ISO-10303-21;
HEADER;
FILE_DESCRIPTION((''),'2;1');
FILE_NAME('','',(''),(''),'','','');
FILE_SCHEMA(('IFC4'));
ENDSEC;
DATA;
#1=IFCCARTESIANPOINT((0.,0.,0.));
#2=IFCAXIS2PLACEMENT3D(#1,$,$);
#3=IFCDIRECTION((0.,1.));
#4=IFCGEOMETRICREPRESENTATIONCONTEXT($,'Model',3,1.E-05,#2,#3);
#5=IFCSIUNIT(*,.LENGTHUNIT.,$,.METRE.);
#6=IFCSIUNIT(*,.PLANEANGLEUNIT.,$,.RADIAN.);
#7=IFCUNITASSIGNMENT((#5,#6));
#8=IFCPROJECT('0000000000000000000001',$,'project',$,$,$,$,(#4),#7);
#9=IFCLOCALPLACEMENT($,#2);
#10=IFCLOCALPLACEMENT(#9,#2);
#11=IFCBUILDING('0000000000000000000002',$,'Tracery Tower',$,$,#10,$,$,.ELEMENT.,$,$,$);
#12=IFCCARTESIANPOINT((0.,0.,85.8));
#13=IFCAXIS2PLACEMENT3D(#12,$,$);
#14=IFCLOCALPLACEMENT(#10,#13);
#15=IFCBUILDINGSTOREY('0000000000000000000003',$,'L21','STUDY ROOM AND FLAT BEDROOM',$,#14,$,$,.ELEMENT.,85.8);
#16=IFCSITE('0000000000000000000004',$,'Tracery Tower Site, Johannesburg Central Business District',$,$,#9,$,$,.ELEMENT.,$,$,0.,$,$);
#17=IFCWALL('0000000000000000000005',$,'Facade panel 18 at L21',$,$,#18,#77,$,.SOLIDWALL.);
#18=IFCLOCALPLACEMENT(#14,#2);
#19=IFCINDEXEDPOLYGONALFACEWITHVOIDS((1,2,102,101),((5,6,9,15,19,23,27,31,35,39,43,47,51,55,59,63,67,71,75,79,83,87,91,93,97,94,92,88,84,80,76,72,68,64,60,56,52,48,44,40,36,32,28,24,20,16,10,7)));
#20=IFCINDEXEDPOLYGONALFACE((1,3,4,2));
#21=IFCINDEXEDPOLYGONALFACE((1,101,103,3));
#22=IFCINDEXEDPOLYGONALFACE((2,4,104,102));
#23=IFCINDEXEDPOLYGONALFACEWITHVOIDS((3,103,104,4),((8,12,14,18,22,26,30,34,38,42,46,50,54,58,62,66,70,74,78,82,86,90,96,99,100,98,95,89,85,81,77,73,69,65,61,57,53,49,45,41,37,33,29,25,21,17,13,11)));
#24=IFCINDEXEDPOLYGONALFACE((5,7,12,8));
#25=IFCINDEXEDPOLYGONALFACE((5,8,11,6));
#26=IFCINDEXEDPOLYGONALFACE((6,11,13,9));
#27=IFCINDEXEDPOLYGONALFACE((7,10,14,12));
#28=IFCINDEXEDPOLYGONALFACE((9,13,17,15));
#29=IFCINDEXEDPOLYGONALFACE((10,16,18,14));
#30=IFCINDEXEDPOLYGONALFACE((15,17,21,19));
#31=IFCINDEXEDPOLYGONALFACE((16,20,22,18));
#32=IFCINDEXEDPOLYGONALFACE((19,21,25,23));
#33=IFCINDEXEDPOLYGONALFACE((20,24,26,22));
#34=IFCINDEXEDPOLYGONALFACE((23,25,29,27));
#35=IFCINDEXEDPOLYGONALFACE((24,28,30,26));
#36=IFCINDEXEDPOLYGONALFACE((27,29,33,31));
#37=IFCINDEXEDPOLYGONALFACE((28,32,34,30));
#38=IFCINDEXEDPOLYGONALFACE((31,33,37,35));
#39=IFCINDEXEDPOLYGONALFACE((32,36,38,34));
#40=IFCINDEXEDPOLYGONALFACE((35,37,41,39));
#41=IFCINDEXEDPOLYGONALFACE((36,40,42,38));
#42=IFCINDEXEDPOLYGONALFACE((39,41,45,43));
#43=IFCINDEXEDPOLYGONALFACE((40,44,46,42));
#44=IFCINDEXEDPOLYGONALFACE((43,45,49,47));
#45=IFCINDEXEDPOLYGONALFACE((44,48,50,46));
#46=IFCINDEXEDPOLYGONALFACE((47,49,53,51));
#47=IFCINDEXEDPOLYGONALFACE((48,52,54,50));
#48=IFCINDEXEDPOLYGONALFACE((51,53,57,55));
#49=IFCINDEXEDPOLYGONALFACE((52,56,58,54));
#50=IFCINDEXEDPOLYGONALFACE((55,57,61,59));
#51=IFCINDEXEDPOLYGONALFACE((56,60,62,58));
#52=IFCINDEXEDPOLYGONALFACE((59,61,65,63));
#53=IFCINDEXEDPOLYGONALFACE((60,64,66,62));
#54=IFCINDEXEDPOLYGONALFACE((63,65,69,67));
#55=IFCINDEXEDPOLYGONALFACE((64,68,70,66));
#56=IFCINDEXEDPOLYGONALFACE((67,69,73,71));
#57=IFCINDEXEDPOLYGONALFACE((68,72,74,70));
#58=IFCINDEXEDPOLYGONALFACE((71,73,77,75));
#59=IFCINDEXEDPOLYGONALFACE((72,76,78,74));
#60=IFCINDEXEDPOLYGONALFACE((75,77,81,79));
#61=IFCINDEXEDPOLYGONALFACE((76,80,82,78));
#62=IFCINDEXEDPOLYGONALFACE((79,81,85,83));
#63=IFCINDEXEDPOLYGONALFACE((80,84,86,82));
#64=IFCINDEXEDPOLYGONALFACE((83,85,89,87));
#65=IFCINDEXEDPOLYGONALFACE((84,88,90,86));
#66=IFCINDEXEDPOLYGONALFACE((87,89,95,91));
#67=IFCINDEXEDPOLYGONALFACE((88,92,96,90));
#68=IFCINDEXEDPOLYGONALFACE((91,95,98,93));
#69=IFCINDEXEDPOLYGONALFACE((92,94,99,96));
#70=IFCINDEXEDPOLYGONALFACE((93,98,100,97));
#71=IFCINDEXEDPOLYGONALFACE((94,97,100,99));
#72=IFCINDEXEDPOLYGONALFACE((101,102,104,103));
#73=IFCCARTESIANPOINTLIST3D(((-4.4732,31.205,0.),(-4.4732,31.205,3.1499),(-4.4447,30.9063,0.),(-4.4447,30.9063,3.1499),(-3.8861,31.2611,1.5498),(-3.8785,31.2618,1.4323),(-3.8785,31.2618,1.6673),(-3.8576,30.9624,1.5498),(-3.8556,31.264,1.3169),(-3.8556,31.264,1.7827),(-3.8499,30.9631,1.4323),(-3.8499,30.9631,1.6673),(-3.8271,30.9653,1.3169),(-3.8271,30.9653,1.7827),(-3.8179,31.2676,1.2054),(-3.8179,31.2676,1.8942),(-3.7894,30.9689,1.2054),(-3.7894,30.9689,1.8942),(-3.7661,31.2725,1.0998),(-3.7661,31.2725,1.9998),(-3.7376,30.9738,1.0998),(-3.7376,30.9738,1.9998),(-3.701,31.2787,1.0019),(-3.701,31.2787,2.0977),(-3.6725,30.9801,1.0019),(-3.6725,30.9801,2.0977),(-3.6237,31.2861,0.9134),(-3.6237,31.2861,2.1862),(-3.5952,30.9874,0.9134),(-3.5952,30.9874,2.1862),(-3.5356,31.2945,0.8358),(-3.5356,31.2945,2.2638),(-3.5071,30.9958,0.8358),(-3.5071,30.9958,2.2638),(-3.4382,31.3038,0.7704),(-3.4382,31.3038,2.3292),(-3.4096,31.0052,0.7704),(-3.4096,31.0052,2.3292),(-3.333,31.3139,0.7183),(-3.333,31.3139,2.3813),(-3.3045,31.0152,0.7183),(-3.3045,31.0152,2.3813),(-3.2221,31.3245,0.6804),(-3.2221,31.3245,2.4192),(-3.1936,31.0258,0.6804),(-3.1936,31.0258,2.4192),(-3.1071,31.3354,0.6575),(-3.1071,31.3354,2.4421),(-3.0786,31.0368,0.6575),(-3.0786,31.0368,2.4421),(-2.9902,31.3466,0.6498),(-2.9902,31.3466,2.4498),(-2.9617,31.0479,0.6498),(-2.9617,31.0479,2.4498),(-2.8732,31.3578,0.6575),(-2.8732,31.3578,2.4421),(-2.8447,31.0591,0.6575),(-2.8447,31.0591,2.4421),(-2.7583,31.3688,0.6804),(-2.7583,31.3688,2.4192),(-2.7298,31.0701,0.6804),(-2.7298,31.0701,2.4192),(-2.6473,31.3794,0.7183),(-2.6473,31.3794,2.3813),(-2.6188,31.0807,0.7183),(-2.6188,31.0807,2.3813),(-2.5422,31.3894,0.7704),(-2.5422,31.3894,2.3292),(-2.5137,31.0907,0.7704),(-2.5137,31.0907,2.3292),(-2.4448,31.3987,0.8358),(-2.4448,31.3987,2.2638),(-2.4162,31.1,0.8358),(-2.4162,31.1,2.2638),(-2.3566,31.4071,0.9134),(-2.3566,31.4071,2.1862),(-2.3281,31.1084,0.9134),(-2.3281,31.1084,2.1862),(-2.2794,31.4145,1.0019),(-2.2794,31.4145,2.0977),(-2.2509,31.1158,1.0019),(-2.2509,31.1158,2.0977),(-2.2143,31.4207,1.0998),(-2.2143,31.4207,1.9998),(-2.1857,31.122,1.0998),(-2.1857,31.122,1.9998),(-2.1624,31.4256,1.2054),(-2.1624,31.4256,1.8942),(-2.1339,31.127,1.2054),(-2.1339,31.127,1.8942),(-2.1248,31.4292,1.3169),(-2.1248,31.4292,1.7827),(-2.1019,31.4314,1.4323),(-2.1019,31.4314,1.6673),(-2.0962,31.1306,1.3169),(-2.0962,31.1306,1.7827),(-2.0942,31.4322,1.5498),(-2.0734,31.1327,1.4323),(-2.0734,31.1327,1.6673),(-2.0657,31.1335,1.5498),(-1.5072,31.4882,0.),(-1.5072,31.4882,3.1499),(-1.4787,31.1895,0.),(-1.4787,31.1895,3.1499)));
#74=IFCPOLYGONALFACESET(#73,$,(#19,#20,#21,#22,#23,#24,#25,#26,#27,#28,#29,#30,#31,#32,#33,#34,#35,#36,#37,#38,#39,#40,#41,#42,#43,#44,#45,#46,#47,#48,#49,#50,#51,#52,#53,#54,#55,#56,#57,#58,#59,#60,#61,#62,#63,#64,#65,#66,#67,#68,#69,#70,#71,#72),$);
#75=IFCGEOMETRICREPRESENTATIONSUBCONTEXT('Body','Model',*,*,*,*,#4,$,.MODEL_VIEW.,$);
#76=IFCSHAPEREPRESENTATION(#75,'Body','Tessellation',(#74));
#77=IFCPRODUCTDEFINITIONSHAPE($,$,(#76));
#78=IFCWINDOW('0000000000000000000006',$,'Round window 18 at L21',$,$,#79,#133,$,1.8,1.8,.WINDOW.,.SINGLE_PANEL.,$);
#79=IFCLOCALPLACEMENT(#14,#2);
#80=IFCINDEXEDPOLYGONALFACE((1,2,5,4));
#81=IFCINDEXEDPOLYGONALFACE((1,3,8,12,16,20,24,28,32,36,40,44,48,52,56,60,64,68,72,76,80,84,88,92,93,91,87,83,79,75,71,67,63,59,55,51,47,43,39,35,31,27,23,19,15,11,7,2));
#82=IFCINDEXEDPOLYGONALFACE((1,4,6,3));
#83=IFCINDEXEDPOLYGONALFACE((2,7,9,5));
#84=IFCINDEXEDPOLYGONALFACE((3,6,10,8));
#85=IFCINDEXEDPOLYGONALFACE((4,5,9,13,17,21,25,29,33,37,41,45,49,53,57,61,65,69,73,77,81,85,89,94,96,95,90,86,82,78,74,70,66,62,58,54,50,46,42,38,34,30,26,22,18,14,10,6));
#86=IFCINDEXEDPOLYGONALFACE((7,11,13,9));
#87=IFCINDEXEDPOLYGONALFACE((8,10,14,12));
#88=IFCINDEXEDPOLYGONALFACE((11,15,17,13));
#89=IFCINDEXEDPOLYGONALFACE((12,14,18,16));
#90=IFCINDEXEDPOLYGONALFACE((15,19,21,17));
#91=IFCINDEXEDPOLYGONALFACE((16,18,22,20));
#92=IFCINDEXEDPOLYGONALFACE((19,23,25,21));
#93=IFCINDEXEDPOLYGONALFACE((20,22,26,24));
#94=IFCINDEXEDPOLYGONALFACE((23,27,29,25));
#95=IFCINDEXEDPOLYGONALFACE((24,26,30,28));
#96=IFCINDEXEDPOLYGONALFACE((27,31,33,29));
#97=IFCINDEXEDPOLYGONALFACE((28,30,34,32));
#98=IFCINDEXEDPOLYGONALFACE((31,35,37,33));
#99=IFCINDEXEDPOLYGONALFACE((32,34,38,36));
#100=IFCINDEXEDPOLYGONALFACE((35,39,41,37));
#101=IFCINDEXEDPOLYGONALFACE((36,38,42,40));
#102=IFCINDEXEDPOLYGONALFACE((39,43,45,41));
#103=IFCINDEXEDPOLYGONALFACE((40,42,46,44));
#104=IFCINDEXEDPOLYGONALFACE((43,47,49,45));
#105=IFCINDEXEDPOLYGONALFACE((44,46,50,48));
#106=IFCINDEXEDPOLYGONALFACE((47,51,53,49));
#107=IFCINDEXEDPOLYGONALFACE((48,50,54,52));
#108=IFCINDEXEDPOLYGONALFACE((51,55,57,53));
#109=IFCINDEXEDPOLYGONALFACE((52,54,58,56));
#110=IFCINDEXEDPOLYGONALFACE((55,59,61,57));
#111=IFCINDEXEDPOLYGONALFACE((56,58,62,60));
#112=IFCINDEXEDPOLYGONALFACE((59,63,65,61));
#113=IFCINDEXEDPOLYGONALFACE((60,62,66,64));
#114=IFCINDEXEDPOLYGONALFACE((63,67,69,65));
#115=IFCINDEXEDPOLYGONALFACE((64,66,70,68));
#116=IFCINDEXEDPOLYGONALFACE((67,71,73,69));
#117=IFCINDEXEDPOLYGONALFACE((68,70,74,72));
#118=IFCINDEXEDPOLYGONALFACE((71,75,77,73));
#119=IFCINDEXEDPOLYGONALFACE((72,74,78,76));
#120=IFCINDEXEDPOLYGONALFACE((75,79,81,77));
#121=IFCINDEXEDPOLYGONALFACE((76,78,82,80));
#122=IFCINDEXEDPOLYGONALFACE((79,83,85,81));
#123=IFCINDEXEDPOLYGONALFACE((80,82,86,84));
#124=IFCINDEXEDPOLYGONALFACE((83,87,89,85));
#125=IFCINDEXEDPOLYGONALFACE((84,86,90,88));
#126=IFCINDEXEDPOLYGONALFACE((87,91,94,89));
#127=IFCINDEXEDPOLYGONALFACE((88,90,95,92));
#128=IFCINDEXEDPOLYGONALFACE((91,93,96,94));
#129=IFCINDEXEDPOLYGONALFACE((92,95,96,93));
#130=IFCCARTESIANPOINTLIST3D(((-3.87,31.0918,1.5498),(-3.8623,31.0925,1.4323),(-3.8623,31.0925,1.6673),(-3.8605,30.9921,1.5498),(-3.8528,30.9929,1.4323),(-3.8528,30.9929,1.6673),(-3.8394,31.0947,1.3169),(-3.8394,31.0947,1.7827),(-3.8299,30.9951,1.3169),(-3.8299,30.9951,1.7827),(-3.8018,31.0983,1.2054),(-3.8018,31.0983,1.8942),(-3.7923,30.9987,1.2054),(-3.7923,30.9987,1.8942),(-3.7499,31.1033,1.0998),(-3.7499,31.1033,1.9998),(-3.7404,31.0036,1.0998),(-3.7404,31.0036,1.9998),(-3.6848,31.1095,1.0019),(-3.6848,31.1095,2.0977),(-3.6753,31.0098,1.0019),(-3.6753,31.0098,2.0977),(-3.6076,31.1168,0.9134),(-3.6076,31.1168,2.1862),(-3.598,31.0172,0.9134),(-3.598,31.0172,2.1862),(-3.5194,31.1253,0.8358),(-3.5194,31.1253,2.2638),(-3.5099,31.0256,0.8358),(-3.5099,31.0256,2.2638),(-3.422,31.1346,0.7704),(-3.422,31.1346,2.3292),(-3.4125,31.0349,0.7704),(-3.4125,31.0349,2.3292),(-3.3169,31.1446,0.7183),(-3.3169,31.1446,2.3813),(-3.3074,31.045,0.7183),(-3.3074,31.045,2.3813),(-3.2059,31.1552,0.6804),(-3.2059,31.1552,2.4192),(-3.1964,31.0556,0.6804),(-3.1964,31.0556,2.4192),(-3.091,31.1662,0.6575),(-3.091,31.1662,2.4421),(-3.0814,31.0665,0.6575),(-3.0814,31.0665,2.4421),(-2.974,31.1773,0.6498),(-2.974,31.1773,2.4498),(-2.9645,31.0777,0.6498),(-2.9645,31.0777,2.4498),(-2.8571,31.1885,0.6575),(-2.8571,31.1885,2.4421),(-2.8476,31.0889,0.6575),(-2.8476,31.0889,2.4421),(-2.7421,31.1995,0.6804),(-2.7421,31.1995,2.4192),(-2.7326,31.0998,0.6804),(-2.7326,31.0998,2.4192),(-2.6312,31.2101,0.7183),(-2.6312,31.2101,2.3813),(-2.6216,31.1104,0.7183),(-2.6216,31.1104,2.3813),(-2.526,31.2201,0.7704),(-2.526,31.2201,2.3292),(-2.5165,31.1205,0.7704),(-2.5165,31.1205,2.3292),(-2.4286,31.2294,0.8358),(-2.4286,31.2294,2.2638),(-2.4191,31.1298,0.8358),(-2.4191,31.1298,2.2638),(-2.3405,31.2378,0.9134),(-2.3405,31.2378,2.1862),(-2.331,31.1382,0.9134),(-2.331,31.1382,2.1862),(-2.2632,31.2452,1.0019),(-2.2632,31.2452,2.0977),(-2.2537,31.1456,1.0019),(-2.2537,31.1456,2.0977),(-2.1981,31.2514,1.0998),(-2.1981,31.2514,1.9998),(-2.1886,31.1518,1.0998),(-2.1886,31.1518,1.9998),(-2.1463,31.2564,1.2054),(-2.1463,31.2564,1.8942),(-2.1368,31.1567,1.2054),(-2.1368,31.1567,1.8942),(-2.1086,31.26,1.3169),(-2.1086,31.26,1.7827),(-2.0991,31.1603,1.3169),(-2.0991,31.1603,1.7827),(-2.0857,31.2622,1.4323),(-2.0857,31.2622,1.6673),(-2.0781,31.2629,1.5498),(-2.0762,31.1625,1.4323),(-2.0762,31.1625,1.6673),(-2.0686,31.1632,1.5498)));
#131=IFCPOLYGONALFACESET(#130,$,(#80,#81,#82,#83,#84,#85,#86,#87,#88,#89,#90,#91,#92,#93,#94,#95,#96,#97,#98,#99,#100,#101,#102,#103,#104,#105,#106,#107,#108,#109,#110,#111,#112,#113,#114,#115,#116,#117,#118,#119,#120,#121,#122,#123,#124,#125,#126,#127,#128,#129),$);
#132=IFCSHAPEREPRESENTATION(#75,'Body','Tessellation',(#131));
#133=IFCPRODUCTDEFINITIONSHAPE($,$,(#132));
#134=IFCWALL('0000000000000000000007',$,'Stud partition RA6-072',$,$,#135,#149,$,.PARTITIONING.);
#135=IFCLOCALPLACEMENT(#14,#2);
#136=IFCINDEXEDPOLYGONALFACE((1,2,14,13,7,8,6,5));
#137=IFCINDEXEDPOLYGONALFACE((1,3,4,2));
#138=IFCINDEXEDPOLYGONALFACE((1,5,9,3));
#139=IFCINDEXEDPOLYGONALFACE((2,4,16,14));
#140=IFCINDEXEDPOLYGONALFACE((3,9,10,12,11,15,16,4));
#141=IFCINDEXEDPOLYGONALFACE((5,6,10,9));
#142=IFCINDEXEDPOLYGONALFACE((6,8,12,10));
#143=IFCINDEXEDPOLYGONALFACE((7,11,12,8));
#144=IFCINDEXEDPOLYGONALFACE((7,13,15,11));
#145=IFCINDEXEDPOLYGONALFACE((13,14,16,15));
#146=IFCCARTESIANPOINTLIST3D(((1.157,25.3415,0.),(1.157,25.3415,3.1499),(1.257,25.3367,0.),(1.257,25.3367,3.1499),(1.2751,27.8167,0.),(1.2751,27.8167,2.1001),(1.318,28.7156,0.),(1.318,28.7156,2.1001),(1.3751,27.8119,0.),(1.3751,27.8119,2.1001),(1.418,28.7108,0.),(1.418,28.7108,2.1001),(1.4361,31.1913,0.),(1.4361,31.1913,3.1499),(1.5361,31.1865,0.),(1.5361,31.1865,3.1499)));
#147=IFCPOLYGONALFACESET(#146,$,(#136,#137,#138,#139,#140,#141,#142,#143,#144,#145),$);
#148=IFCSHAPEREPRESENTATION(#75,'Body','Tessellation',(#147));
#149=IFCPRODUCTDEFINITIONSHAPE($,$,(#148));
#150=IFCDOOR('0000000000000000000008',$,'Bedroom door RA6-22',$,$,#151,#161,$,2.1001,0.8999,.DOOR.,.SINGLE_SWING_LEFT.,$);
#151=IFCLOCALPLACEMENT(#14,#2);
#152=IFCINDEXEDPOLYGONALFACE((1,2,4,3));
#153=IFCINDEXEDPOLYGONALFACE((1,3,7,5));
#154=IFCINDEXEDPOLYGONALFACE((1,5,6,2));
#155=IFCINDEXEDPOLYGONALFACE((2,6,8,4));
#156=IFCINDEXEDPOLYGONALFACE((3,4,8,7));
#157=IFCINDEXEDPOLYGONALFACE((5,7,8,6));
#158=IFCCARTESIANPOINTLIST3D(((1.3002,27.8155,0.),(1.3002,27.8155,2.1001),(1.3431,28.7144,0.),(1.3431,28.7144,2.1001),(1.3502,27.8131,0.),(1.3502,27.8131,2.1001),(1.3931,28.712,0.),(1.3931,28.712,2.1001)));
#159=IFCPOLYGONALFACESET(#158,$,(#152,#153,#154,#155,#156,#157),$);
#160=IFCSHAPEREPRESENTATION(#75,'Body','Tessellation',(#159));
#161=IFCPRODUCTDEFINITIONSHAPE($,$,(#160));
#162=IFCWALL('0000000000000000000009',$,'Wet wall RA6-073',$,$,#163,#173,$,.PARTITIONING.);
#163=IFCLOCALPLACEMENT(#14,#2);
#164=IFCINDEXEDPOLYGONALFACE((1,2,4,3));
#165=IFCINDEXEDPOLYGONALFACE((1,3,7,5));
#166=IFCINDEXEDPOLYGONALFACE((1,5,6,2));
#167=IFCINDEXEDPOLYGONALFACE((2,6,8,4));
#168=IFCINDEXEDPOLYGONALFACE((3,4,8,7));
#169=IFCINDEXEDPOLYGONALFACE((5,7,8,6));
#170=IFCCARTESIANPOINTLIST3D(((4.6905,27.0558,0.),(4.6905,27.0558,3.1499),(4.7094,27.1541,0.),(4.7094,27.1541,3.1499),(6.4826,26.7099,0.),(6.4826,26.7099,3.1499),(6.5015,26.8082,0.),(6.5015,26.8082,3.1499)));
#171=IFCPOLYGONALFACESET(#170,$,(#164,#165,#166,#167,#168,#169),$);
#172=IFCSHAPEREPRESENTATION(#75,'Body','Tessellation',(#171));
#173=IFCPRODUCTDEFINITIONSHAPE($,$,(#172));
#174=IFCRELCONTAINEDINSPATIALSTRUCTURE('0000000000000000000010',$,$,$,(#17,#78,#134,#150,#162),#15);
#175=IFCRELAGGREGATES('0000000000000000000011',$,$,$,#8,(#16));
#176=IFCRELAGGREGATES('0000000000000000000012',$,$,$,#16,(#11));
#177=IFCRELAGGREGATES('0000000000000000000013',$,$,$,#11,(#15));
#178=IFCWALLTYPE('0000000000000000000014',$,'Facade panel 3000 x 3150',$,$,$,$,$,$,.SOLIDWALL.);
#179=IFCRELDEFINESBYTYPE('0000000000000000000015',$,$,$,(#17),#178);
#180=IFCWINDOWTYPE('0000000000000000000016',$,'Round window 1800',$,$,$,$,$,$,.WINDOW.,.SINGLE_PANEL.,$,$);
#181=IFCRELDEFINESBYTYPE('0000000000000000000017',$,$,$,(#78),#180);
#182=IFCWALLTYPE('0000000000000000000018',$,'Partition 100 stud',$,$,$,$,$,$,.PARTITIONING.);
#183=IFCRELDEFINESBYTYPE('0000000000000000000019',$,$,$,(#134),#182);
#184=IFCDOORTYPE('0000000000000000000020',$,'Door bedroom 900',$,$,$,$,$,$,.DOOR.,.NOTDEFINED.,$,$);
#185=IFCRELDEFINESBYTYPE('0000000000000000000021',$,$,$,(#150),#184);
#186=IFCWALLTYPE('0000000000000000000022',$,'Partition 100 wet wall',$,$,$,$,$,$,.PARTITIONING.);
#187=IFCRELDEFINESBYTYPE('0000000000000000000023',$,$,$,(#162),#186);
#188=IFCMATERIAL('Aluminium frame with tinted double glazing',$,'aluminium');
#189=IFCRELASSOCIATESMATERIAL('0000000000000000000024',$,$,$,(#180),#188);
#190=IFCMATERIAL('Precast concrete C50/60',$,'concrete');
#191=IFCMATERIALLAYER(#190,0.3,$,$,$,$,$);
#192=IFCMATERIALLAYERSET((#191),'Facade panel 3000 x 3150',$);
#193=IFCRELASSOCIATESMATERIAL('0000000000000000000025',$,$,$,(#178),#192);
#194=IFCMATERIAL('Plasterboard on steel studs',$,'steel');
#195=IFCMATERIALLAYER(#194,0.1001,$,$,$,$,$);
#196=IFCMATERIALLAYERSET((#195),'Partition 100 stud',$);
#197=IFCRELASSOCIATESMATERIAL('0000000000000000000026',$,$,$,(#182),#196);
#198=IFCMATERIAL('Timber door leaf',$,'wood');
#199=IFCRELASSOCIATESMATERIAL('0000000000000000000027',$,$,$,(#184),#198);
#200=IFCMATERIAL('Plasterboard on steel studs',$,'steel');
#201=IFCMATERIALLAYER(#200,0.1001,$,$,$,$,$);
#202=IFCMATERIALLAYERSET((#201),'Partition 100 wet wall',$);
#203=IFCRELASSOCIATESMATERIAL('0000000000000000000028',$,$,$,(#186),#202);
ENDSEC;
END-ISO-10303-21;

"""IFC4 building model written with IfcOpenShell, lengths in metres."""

from ifc_helpers import new_model, si_unit, direction, frame, frame_2d, origin, origin_2d, place, context, subcontext, project, spatial, rectangle, circle, extrude, material, layer, layer_set, type_object, element, fill, save


model = new_model("IFC4")

# Units and contexts
model_context = context("Model", 3, precision=1e-05, world=origin(), true_north=direction((0.0, 1.0)))
body_context = subcontext(model_context, "Body", "Model", "MODEL_VIEW")
ifc_project = project(units=[si_unit("LENGTHUNIT", "METRE"), si_unit("PLANEANGLEUNIT", "RADIAN")], contexts=[model_context])

# Site, building, storey
site_placement = place(None, origin())
site = spatial("IfcSite", under=ifc_project, at=site_placement, Name="Tracery Tower Site, Johannesburg Central Business District", CompositionType="ELEMENT", RefElevation=0.0)
building_placement = place(site_placement, origin())
building = spatial("IfcBuilding", under=site, at=building_placement, Name="Tracery Tower", CompositionType="ELEMENT")
storey_placement = place(building_placement, frame((0.0, 0.0, 85.8)))
storey = spatial("IfcBuildingStorey", under=building, at=storey_placement, Name="L21", Description="STUDY ROOM AND FLAT BEDROOM", CompositionType="ELEMENT", Elevation=85.8)

# Wall, opening, window
ifc_material_1 = material(Name="Aluminium frame with tinted double glazing", Category="aluminium")
window_type = type_object("IfcWindowType", Name="Round window 1800", PartitioningType="SINGLE_PANEL", PredefinedType="WINDOW", material=ifc_material_1)
ifc_material_2 = material(Name="Precast concrete C50/60", Category="concrete")
ifc_layer_1 = layer(ifc_material_2, 0.3)
ifc_layer_set_1 = layer_set([ifc_layer_1], Name="Facade panel 3000 x 3150")
wall_type_1 = type_object("IfcWallType", Name="Facade panel 3000 x 3150", PredefinedType="SOLIDWALL", material=ifc_layer_set_1)
wall_1_placement = place(storey_placement, frame((-1.4929, 31.3389, 0.0), z_axis=(0.0, 0.0, 1.0), x_axis=(-0.995473, -0.095049, 0.0)))
wall_1 = element("IfcWall", 1, at=wall_1_placement, inside=storey, type_object=wall_type_1, Name="Facade panel 18 at L21", PredefinedType="SOLIDWALL", context=body_context, shape_type="SweptSolid", body=[
    extrude(rectangle(XDim=2.9795, YDim=0.3, at=frame_2d((1.4897, 0.0))), origin(), (0.0, 0.0, 1.0), 3.1499),
])
opening_1_placement = place(wall_1_placement, frame((1.4897, 0.0, 1.5498)))
opening_1 = element("IfcOpeningElement", 2, at=opening_1_placement, cuts=wall_1, PredefinedType="OPENING", context=body_context, shape_type="SweptSolid", body=[
    extrude(circle(Radius=0.9, at=origin_2d()), frame((0.0, 0.1599, 0.0), z_axis=(0.0, -1.0, 0.0), x_axis=(1.0, 0.0, 0.0)), (0.0, 0.0, 1.0), 0.3201),
])
window_1_placement = place(opening_1_placement, origin())
window_1 = element("IfcWindow", 3, at=window_1_placement, inside=storey, type_object=window_type, Name="Round window 18 at L21", OverallHeight=1.8, OverallWidth=1.8, PartitioningType="SINGLE_PANEL", PredefinedType="WINDOW", context=body_context, shape_type="SweptSolid", body=[
    extrude(circle(Radius=0.9, at=origin_2d()), frame((0.0, 0.1201, 0.0), z_axis=(0.0, -1.0, 0.0), x_axis=(1.0, 0.0, 0.0)), (0.0, 0.0, 1.0), 0.1001),
])
fill(opening_1, window_1)

# Wall, opening, door
ifc_material_3 = material(Name="Plasterboard on steel studs", Category="steel")
ifc_layer_2 = layer(ifc_material_3, 0.1001)
ifc_layer_set_2 = layer_set([ifc_layer_2], Name="Partition 100 stud")
wall_type_2 = type_object("IfcWallType", Name="Partition 100 stud", PredefinedType="PARTITIONING", material=ifc_layer_set_2)
wall_2_placement = place(storey_placement, frame((1.207, 25.3391, 0.0), z_axis=(0.0, 0.0, 1.0), x_axis=(0.047648, 0.998864, 0.0)))
wall_2 = element("IfcWall", 4, at=wall_2_placement, inside=storey, type_object=wall_type_2, Name="Stud partition RA6-072", PredefinedType="PARTITIONING", context=body_context, shape_type="SweptSolid", body=[
    extrude(rectangle(XDim=5.8564, YDim=0.1001, at=frame_2d((2.9282, 0.0))), origin(), (0.0, 0.0, 1.0), 3.1499),
])
opening_2_placement = place(wall_2_placement, frame((2.478, 0.0, 0.0)))
opening_2 = element("IfcOpeningElement", 5, at=opening_2_placement, cuts=wall_2, PredefinedType="OPENING", context=body_context, shape_type="SweptSolid", body=[
    extrude(rectangle(XDim=0.8999, YDim=2.1001, at=frame_2d((0.45, 1.05))), frame((0.0, 0.05, 0.0), z_axis=(0.0, -1.0, 0.0), x_axis=(1.0, 0.0, 0.0)), (0.0, 0.0, 1.0), 0.1001),
])
ifc_material_4 = material(Name="Timber door leaf", Category="wood")
door_type_1 = type_object("IfcDoorType", Name="Door bedroom 900", OperationType="NOTDEFINED", PredefinedType="DOOR", material=ifc_material_4)
door_1_placement = place(opening_2_placement, origin())
door_1 = element("IfcDoor", 6, at=door_1_placement, inside=storey, type_object=door_type_1, Name="Bedroom door RA6-22", OperationType="SINGLE_SWING_LEFT", OverallHeight=2.1001, OverallWidth=0.8999, PredefinedType="DOOR", context=body_context, shape_type="SweptSolid", body=[
    extrude(rectangle(XDim=0.8999, YDim=2.1001, at=frame_2d((0.45, 1.05))), frame((0.0, 0.0249, 0.0), z_axis=(0.0, -1.0, 0.0), x_axis=(1.0, 0.0, 0.0)), (0.0, 0.0, 1.0), 0.05),
])
fill(opening_2, door_1)

# Wall
ifc_material_5 = material(Name="Plasterboard on steel studs", Category="steel")
ifc_layer_3 = layer(ifc_material_5, 0.1001)
ifc_layer_set_3 = layer_set([ifc_layer_3], Name="Partition 100 wet wall")
wall_type_3 = type_object("IfcWallType", Name="Partition 100 wet wall", PredefinedType="PARTITIONING", material=ifc_layer_set_3)
wall_3_placement = place(storey_placement, frame((4.7, 27.105, 0.0), z_axis=(0.0, 0.0, 1.0), x_axis=(0.981871, -0.189552, 0.0)))
element("IfcWall", 7, at=wall_3_placement, inside=storey, type_object=wall_type_3, Name="Wet wall RA6-073", PredefinedType="PARTITIONING", context=body_context, shape_type="SweptSolid", body=[
    extrude(rectangle(XDim=1.8252, YDim=0.1001, at=frame_2d((0.9126, 0.0))), origin(), (0.0, 0.0, 1.0), 3.1499),
])

save(model, "model.ifc")
